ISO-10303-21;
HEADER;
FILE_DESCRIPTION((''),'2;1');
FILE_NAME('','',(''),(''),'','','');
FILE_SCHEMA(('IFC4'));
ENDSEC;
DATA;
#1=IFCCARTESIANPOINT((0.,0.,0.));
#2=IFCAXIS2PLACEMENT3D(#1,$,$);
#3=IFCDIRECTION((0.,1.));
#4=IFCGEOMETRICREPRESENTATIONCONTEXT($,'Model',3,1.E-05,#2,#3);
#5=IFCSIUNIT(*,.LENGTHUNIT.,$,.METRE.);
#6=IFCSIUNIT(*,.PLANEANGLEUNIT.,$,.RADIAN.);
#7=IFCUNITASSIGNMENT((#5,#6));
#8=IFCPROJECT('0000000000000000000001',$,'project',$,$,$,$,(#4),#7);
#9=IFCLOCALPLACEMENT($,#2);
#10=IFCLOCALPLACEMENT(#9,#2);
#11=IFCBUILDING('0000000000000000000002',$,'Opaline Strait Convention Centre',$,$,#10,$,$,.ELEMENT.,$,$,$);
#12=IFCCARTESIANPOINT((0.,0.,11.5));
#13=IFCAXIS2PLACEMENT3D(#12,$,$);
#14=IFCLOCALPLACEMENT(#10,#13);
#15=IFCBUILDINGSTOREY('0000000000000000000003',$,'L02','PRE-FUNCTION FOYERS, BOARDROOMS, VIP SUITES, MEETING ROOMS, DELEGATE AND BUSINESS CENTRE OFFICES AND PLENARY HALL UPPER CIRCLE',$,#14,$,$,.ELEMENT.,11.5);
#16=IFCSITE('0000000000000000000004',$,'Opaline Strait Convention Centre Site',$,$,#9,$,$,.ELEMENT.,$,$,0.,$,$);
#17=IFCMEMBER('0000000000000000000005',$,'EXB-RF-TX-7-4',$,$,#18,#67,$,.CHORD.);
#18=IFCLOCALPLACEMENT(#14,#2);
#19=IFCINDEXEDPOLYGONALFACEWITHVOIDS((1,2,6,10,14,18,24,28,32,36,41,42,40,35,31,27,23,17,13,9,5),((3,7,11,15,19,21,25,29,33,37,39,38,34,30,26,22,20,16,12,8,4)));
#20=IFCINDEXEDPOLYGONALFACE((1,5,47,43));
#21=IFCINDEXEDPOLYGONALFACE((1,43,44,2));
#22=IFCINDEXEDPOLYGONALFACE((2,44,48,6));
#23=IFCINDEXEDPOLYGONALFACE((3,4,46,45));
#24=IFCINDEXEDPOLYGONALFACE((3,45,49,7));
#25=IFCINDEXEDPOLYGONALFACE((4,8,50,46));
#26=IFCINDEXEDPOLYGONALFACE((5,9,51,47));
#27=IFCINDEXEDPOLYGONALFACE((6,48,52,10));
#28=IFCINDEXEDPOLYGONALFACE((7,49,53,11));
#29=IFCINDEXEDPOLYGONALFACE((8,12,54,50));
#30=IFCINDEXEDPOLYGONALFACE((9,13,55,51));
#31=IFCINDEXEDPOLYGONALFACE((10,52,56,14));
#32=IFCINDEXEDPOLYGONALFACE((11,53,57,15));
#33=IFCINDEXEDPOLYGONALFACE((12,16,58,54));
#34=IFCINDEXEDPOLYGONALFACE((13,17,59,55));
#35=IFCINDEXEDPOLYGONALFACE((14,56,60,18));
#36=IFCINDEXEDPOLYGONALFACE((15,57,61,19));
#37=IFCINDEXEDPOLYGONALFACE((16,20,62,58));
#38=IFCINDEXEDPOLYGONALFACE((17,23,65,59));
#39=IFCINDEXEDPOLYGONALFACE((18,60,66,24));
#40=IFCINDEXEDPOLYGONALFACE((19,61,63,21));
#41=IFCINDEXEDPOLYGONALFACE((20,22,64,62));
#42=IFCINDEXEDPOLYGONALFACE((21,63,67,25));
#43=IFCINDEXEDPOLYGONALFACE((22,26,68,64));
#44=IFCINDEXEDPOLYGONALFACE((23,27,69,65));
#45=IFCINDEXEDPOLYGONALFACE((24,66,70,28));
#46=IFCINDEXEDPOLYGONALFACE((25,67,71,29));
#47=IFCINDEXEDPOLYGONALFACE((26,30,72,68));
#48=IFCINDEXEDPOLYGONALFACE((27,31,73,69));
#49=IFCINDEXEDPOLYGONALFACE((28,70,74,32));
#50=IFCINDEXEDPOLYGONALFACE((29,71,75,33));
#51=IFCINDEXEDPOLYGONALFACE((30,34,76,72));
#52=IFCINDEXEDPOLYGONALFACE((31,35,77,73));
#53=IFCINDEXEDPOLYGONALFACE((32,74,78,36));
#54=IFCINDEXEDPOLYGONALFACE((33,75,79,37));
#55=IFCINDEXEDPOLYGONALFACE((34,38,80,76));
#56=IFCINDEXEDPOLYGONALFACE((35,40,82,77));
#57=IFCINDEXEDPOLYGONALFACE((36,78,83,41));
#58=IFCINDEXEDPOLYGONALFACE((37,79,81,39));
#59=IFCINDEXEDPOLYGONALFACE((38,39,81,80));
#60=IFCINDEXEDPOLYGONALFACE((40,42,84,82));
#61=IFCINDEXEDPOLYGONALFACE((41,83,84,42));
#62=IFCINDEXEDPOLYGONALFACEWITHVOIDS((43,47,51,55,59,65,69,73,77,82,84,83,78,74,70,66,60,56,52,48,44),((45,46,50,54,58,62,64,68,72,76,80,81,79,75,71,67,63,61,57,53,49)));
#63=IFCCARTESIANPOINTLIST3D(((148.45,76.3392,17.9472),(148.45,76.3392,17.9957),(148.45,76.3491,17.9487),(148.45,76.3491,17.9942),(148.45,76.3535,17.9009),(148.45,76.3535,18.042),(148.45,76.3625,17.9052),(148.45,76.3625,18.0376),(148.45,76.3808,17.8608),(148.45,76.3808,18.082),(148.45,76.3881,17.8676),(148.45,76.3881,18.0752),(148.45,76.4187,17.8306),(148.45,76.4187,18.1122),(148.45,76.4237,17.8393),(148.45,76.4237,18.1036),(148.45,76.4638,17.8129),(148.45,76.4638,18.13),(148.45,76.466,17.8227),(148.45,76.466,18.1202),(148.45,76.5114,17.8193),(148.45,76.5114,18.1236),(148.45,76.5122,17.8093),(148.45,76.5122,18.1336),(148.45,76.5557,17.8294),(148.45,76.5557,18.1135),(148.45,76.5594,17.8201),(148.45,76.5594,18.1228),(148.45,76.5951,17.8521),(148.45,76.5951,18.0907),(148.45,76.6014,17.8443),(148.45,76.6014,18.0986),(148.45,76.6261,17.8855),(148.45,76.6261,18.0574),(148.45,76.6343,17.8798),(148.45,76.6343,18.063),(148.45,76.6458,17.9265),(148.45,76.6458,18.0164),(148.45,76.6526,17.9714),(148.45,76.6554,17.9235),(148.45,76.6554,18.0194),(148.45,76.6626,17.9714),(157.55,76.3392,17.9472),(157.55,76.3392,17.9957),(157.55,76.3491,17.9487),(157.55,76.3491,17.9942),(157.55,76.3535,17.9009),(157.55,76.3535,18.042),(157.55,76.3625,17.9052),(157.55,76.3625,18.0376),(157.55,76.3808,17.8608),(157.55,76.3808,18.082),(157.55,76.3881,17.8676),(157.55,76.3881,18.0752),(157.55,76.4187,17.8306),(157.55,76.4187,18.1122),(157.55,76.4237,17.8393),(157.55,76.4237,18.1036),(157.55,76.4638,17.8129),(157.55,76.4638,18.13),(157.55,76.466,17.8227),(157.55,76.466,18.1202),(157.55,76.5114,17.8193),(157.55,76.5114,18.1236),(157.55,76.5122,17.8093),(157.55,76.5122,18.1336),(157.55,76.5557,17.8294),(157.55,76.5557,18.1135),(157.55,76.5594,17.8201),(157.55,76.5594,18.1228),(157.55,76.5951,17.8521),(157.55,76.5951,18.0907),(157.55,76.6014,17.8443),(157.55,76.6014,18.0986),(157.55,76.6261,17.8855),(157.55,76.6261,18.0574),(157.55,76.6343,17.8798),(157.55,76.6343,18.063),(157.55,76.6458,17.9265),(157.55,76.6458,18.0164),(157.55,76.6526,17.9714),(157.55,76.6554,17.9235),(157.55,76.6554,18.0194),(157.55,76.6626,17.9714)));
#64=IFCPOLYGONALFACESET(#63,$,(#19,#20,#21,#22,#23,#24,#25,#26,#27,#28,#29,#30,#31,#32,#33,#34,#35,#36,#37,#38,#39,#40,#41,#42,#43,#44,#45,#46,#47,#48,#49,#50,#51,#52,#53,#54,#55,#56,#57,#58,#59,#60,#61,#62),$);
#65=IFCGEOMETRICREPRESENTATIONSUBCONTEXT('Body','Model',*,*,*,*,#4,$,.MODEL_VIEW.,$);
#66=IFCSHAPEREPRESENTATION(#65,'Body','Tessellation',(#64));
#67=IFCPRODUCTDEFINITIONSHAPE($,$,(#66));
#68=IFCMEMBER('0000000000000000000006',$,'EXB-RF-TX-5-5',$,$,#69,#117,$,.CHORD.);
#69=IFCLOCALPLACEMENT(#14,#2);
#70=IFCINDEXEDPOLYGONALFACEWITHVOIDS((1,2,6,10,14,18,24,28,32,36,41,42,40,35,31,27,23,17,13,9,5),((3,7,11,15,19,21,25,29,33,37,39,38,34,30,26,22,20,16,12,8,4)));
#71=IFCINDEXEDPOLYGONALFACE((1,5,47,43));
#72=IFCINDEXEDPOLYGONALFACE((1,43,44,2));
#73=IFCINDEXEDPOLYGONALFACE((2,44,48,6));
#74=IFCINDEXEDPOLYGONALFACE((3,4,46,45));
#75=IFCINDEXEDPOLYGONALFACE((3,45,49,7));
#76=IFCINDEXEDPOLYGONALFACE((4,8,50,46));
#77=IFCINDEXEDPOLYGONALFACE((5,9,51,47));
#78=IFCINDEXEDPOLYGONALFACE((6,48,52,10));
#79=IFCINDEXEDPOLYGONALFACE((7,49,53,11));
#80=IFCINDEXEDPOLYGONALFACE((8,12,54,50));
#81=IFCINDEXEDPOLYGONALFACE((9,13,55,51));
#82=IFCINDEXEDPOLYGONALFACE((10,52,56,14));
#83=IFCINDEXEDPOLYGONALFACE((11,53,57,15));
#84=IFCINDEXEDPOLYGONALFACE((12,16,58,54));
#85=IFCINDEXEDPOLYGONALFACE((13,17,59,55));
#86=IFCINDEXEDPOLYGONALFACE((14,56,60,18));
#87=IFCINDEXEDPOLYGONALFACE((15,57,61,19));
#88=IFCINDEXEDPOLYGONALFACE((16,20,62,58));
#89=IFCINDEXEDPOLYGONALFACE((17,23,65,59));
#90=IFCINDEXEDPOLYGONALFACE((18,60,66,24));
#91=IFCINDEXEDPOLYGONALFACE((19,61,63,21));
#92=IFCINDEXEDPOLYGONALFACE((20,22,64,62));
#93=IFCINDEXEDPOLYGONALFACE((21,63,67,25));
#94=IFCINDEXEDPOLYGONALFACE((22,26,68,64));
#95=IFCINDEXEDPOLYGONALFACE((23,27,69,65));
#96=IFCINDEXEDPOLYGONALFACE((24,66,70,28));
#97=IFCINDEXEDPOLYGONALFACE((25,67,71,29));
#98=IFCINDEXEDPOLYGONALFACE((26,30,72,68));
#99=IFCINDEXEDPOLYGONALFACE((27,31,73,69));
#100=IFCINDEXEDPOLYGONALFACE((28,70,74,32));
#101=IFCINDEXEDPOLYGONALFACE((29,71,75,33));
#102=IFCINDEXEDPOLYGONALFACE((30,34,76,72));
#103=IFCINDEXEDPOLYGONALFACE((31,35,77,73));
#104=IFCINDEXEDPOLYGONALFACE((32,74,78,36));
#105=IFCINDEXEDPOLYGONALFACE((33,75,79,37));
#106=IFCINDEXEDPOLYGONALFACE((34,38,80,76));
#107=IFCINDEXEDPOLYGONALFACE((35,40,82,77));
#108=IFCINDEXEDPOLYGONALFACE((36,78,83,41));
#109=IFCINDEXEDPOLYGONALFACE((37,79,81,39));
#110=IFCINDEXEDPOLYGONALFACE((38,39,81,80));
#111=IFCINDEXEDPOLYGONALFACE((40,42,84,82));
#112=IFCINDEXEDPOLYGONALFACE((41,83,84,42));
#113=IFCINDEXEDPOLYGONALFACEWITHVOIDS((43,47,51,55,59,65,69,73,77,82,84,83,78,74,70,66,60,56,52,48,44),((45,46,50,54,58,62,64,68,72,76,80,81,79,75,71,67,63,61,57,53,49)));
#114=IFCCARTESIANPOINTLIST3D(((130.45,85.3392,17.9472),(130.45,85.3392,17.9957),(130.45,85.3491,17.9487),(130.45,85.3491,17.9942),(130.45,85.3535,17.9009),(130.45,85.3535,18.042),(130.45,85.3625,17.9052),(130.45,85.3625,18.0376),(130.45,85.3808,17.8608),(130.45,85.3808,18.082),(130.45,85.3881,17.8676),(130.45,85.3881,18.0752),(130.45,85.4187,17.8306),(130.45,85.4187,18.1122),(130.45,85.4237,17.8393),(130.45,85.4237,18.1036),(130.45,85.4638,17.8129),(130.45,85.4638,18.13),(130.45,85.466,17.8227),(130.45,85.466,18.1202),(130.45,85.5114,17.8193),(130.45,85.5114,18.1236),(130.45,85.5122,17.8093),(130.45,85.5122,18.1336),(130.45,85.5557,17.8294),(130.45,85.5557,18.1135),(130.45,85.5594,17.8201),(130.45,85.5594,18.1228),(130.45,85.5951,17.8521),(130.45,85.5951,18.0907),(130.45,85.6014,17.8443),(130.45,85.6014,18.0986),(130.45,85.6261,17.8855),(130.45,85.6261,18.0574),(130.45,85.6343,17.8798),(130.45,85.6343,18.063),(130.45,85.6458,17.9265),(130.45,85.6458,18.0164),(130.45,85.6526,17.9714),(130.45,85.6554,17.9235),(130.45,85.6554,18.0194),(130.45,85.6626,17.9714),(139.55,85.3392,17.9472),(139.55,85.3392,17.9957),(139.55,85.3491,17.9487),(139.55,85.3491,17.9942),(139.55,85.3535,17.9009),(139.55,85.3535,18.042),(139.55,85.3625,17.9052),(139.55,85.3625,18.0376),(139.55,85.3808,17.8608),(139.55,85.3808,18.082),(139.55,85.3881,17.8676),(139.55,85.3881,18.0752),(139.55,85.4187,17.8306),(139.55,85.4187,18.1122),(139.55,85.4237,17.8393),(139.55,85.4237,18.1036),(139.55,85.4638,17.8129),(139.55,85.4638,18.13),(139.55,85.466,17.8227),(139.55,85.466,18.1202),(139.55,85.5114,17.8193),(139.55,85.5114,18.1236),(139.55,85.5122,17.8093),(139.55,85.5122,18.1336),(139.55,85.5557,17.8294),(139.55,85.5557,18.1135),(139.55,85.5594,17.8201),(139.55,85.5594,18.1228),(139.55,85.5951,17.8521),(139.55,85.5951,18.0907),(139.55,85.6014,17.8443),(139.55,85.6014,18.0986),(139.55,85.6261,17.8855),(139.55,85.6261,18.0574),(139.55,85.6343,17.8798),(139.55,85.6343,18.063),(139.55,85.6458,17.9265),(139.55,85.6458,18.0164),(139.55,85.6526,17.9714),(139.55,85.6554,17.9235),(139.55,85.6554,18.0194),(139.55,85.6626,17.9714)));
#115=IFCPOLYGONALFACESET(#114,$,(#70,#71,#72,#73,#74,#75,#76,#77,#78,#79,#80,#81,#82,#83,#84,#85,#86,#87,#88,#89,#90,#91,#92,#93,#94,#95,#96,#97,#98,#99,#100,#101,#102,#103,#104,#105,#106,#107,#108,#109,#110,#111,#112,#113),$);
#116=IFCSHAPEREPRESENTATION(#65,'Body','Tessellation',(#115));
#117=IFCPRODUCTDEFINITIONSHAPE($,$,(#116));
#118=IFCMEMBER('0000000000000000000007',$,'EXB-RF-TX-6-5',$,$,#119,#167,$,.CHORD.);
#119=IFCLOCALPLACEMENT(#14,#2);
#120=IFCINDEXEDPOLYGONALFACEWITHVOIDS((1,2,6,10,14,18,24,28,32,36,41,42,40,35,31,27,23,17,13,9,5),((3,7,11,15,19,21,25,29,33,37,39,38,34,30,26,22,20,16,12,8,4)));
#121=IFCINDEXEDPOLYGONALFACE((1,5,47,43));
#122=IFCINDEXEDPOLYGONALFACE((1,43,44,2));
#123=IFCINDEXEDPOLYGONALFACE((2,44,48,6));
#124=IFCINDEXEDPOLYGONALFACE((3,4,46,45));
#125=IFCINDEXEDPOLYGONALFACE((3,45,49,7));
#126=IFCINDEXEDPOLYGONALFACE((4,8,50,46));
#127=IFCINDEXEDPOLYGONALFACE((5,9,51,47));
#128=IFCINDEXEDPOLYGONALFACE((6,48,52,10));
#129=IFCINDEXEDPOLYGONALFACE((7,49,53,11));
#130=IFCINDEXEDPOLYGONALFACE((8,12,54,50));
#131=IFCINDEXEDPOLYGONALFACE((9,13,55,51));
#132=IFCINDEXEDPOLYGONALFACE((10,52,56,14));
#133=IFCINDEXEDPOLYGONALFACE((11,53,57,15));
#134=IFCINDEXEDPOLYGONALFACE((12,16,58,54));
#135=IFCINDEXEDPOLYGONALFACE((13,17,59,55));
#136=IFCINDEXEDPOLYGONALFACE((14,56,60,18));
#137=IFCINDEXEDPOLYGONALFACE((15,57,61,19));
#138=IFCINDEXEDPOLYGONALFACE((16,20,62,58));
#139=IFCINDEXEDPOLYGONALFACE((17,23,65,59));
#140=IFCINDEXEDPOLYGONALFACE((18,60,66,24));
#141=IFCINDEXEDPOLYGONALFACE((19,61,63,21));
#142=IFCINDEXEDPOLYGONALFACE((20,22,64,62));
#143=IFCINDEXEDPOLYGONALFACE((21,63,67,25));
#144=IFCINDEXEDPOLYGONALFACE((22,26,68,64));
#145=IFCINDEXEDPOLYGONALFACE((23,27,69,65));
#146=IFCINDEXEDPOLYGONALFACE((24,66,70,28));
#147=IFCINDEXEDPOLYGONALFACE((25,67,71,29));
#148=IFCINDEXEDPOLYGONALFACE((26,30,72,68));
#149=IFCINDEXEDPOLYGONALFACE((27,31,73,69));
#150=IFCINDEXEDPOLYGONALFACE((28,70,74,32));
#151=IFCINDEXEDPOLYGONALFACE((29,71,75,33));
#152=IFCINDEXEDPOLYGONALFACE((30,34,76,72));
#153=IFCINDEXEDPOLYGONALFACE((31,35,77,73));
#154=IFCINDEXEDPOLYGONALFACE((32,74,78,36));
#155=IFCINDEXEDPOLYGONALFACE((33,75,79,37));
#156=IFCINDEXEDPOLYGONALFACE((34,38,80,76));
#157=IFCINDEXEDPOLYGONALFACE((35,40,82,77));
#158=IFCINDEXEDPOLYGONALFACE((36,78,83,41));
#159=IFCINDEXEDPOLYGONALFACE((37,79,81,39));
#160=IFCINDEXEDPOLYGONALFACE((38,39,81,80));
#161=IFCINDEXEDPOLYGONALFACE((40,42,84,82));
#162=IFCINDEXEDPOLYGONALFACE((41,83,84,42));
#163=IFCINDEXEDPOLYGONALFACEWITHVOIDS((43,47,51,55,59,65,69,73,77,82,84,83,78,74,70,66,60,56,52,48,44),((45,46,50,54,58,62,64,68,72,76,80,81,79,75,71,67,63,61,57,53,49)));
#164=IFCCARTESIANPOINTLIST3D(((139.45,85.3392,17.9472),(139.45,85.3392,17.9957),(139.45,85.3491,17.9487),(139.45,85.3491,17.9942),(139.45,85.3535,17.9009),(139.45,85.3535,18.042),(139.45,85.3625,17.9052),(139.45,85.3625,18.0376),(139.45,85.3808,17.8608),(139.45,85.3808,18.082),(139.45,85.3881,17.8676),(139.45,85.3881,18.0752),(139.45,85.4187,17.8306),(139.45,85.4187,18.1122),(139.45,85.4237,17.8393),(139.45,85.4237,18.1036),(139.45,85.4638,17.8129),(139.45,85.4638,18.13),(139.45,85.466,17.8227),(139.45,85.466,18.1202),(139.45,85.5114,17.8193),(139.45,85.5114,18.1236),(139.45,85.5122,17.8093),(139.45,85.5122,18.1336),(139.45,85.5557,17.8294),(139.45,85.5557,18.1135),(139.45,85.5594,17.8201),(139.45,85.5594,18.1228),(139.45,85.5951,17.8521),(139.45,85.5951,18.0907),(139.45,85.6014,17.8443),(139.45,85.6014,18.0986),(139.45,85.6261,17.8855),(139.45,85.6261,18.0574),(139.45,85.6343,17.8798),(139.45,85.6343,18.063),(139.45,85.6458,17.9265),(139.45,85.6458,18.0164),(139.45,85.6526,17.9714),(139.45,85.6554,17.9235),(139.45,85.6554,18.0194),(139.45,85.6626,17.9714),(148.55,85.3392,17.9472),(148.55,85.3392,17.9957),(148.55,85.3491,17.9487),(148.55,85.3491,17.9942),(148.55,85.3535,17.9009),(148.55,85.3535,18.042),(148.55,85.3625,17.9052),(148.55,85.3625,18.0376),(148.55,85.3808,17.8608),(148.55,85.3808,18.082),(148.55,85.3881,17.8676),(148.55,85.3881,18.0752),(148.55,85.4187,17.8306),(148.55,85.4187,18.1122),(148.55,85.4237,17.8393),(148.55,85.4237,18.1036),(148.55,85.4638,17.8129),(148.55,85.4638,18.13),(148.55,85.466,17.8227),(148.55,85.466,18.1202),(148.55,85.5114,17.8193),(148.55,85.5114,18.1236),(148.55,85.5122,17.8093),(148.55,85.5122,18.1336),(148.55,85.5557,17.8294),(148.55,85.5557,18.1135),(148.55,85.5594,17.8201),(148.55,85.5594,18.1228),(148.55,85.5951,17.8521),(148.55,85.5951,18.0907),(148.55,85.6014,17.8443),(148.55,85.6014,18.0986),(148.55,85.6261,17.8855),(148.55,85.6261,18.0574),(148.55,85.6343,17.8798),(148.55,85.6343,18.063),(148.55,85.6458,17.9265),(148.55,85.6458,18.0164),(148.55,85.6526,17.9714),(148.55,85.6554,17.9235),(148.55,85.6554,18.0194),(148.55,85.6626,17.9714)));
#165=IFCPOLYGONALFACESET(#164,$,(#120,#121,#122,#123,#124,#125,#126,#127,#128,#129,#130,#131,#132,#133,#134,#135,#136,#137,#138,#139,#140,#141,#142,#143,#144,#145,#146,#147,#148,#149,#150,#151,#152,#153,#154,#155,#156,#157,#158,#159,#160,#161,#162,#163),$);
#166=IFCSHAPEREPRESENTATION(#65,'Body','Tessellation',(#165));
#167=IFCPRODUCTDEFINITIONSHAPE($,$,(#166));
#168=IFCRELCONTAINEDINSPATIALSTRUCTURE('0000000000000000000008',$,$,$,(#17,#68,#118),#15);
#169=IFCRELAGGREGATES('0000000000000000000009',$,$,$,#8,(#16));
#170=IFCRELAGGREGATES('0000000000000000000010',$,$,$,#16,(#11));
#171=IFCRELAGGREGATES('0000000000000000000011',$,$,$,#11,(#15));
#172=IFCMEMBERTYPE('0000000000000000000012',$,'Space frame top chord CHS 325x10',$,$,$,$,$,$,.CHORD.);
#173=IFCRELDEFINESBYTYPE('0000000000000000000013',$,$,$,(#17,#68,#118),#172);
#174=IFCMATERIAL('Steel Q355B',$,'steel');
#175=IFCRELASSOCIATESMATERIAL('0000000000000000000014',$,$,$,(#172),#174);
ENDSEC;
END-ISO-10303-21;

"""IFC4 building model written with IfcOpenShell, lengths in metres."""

from ifc_helpers import new_model, si_unit, direction, frame, origin, origin_2d, place, context, subcontext, project, spatial, hollow_circle, extrude, material, material_profile, profile_set, type_object, element, save


model = new_model("IFC4")

# Units and contexts
model_context = context("Model", 3, precision=1e-05, world=origin(), true_north=direction((0.0, 1.0)))
body_context = subcontext(model_context, "Body", "Model", "MODEL_VIEW")
ifc_project = project(units=[si_unit("LENGTHUNIT", "METRE"), si_unit("PLANEANGLEUNIT", "RADIAN")], contexts=[model_context])

# Site, building, storey
site_placement = place(None, origin())
site = spatial("IfcSite", under=ifc_project, at=site_placement, Name="Opaline Strait Convention Centre Site", CompositionType="ELEMENT", RefElevation=0.0)
building_placement = place(site_placement, origin())
building = spatial("IfcBuilding", under=site, at=building_placement, Name="Opaline Strait Convention Centre", CompositionType="ELEMENT")
storey_placement = place(building_placement, frame((0.0, 0.0, 11.5)))
storey = spatial("IfcBuildingStorey", under=building, at=storey_placement, Name="L02", Description="PRE-FUNCTION FOYERS, BOARDROOMS, VIP SUITES, MEETING ROOMS, DELEGATE AND BUSINESS CENTRE OFFICES AND PLENARY HALL UPPER CIRCLE", CompositionType="ELEMENT", Elevation=11.5)

# Members
ifc_material_1 = material(Name="Steel Q355B", Category="steel")
ifc_material_profile_1 = material_profile(ifc_material_1, hollow_circle(Radius=0.1626, WallThickness=0.01, at=origin_2d()), Name="CHS 325x10")
ifc_profile_set_1 = profile_set([ifc_material_profile_1], Name="Steel Q355B")
member_type_1 = type_object("IfcMemberType", Name="Space frame top chord CHS 325x10", PredefinedType="CHORD", material=ifc_profile_set_1)
for number, where, z_axis, x_axis, name in (
    (1, (148.45, 76.5, 17.9714), (1.0, 0.0, 0.0), (0.0, 1.0, 0.0), "EXB-RF-TX-7-4"),
    (2, (130.45, 85.5, 17.9714), (1.0, 0.0, 0.0), (0.0, 1.0, 0.0), "EXB-RF-TX-5-5"),
    (3, (139.45, 85.5, 17.9714), (1.0, 0.0, 0.0), (0.0, 1.0, 0.0), "EXB-RF-TX-6-5"),
):
    element("IfcMember", number, at=place(storey_placement, frame(where, z_axis=z_axis, x_axis=x_axis)), inside=storey, type_object=member_type_1, Name=name, PredefinedType="CHORD", context=body_context, shape_type="SweptSolid", body=[
        extrude(hollow_circle(Radius=0.1626, WallThickness=0.01, at=origin_2d()), origin(), (0.0, 0.0, 1.0), 9.1001),
    ])

save(model, "model.ifc")
